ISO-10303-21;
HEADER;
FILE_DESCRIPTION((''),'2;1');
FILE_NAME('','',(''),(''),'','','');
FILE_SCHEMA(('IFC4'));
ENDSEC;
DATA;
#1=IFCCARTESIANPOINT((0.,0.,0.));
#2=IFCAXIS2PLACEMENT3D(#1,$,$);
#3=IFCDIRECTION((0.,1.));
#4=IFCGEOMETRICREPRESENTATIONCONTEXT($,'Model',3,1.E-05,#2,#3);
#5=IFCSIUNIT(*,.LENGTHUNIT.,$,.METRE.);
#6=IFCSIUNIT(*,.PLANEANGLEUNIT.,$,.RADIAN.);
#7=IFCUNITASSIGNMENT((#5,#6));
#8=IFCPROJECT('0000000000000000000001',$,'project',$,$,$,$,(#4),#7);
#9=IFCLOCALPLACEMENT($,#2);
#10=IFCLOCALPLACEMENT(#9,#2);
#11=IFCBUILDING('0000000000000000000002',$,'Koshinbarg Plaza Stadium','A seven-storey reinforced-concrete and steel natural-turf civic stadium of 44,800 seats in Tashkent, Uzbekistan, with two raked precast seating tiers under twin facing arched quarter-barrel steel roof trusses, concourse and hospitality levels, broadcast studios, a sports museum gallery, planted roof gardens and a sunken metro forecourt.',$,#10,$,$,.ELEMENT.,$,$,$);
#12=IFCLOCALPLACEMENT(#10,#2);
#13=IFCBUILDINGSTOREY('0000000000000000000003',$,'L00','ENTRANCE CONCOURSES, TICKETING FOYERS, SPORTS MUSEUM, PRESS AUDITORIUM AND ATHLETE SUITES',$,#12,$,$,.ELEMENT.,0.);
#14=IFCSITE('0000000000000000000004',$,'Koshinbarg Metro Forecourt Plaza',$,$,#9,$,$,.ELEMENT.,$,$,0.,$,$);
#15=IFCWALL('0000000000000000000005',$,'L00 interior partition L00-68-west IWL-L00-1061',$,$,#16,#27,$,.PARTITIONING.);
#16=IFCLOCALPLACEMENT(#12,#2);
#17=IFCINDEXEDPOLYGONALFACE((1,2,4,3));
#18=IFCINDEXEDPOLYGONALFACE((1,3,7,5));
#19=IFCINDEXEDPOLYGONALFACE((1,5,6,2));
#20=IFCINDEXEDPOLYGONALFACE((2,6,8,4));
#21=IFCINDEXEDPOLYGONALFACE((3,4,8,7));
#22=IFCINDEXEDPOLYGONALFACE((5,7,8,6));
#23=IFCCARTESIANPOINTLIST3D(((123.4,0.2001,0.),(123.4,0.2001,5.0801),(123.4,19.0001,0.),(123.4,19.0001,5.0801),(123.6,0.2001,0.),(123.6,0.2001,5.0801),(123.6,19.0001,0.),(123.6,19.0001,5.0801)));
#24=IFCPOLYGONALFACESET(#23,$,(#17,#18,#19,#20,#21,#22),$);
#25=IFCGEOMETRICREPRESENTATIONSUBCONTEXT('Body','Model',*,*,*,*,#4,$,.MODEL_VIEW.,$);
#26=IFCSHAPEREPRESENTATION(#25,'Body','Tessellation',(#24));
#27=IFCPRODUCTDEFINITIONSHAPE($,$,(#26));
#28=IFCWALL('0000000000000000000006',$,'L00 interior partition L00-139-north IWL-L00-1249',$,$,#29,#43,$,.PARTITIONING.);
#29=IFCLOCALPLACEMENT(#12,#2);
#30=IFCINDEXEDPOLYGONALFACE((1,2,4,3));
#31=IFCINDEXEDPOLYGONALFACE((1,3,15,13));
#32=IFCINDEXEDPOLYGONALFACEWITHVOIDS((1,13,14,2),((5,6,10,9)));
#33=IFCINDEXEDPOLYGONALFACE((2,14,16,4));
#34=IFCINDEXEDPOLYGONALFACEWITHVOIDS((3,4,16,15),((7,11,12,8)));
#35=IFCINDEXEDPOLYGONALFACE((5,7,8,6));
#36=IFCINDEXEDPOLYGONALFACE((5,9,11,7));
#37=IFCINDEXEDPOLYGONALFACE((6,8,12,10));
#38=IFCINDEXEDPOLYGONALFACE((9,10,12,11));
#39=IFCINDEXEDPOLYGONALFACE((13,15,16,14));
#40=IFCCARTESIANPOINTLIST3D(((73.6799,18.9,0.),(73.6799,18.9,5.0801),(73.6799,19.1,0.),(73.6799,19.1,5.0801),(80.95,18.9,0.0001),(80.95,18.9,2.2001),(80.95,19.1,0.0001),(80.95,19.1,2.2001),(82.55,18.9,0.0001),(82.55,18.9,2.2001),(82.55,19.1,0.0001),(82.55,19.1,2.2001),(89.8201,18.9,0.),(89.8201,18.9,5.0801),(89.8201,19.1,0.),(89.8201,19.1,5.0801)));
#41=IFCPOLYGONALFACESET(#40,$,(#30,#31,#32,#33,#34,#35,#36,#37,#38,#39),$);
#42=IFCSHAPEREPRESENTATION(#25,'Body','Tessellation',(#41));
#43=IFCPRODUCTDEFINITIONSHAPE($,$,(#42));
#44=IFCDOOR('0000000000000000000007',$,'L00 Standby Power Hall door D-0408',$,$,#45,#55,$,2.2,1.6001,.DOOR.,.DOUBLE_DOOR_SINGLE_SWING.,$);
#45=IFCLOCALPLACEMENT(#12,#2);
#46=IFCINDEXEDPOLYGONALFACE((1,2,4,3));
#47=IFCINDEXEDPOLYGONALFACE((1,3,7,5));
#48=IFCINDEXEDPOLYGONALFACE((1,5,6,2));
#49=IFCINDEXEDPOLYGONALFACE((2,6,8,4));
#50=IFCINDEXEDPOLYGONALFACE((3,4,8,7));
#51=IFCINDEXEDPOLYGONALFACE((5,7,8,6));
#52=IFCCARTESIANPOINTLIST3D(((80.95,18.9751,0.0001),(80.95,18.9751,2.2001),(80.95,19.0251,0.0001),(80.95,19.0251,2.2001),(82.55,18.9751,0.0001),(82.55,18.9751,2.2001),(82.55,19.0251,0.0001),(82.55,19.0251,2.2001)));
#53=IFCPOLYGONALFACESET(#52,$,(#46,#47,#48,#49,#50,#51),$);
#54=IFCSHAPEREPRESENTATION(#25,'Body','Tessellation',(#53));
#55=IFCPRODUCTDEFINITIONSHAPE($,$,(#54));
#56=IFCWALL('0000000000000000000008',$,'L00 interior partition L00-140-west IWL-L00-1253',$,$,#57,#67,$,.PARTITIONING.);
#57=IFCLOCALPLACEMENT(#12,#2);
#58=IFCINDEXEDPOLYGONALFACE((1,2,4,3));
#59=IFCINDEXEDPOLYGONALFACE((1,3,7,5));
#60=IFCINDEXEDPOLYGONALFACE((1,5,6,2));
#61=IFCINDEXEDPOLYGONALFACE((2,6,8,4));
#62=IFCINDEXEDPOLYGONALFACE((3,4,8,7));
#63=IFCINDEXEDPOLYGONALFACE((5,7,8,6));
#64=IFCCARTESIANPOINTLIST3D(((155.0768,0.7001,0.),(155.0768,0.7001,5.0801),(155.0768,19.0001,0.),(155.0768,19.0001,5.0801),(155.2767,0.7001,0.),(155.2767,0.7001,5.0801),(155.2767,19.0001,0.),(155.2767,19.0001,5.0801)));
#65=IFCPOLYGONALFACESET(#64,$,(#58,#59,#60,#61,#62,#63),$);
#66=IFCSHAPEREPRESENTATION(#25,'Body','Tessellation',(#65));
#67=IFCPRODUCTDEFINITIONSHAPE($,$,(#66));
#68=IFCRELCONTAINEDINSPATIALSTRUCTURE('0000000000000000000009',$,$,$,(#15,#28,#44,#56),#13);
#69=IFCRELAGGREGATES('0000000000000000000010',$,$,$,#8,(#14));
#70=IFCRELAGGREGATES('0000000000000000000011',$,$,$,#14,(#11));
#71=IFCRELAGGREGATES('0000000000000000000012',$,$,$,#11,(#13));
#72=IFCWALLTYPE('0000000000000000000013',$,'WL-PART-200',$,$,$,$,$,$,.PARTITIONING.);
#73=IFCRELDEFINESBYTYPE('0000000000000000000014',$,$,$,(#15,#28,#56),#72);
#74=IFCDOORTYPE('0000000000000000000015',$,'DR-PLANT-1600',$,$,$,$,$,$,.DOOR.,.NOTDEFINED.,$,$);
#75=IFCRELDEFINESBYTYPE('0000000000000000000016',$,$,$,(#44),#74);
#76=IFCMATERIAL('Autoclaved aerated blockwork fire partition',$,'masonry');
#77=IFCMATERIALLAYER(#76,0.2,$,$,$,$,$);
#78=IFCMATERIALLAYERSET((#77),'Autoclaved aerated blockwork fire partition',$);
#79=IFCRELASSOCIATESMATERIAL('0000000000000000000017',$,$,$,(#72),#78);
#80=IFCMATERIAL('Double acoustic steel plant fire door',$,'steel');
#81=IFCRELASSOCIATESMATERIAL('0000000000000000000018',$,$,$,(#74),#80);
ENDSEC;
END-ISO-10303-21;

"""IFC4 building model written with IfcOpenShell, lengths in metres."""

from ifc_helpers import new_model, si_unit, direction, frame, frame_2d, origin, place, context, subcontext, project, spatial, rectangle, extrude, material, layer, layer_set, type_object, element, fill, save


model = new_model("IFC4")

# Units and contexts
model_context = context("Model", 3, precision=1e-05, world=origin(), true_north=direction((0.0, 1.0)))
body_context = subcontext(model_context, "Body", "Model", "MODEL_VIEW")
ifc_project = project(units=[si_unit("LENGTHUNIT", "METRE"), si_unit("PLANEANGLEUNIT", "RADIAN")], contexts=[model_context])

# Site, building, storey
site_placement = place(None, origin())
site = spatial("IfcSite", under=ifc_project, at=site_placement, Name="Koshinbarg Metro Forecourt Plaza", CompositionType="ELEMENT", RefElevation=0.0)
building_placement = place(site_placement, origin())
building = spatial("IfcBuilding", under=site, at=building_placement, Name="Koshinbarg Plaza Stadium", Description="A seven-storey reinforced-concrete and steel natural-turf civic stadium of 44,800 seats in Tashkent, Uzbekistan, with two raked precast seating tiers under twin facing arched quarter-barrel steel roof trusses, concourse and hospitality levels, broadcast studios, a sports museum gallery, planted roof gardens and a sunken metro forecourt.", CompositionType="ELEMENT")
storey_placement = place(building_placement, origin())
storey = spatial("IfcBuildingStorey", under=building, at=storey_placement, Name="L00", Description="ENTRANCE CONCOURSES, TICKETING FOYERS, SPORTS MUSEUM, PRESS AUDITORIUM AND ATHLETE SUITES", CompositionType="ELEMENT", Elevation=0.0)

# Shared definitions
ifc_material_1 = material(Name="Autoclaved aerated blockwork fire partition", Category="masonry")
ifc_layer_1 = layer(ifc_material_1, 0.2)
ifc_layer_set_1 = layer_set([ifc_layer_1], Name="Autoclaved aerated blockwork fire partition")
wall_type_1 = type_object("IfcWallType", Name="WL-PART-200", PredefinedType="PARTITIONING", material=ifc_layer_set_1)

# Shared definitions
ifc_material_2 = material(Name="Double acoustic steel plant fire door", Category="steel")
door_type_1 = type_object("IfcDoorType", Name="DR-PLANT-1600", OperationType="NOTDEFINED", PredefinedType="DOOR", material=ifc_material_2)

# Wall
wall_1_placement = place(storey_placement, frame((123.5, 19.0, 0.0), z_axis=(0.0, 0.0, 1.0), x_axis=(0.0, -1.0, 0.0)))
element("IfcWall", 1, at=wall_1_placement, inside=storey, type_object=wall_type_1, Name="L00 interior partition L00-68-west IWL-L00-1061", PredefinedType="PARTITIONING", context=body_context, shape_type="SweptSolid", body=[
    extrude(rectangle(XDim=18.8, YDim=0.2, at=frame_2d((9.3999, 0.0))), origin(), (0.0, 0.0, 1.0), 5.0801),
])

# Wall, opening, door
wall_2_placement = place(storey_placement, frame((89.8201, 19.0, 0.0), z_axis=(0.0, 0.0, 1.0), x_axis=(-1.0, 0.0, 0.0)))
wall_2 = element("IfcWall", 2, at=wall_2_placement, inside=storey, type_object=wall_type_1, Name="L00 interior partition L00-139-north IWL-L00-1249", PredefinedType="PARTITIONING", context=body_context, shape_type="SweptSolid", body=[
    extrude(rectangle(XDim=16.1401, YDim=0.2, at=frame_2d((8.0701, 0.0))), origin(), (0.0, 0.0, 1.0), 5.0801),
])
opening_1_placement = place(wall_2_placement, frame((7.27, 0.0, 0.0)))
opening_1 = element("IfcOpeningElement", 3, at=opening_1_placement, cuts=wall_2, PredefinedType="OPENING", context=body_context, shape_type="SweptSolid", body=[
    extrude(rectangle(XDim=1.6001, YDim=2.2, at=frame_2d((0.8, 1.1001))), frame((0.0, 0.1099, 0.0), z_axis=(0.0, -1.0, 0.0), x_axis=(1.0, 0.0, 0.0)), (0.0, 0.0, 1.0), 0.22),
])
door_1_placement = place(opening_1_placement, origin())
door_1 = element("IfcDoor", 4, at=door_1_placement, inside=storey, type_object=door_type_1, Name="L00 Standby Power Hall door D-0408", OperationType="DOUBLE_DOOR_SINGLE_SWING", OverallHeight=2.2, OverallWidth=1.6001, PredefinedType="DOOR", context=body_context, shape_type="SweptSolid", body=[
    extrude(rectangle(XDim=1.6001, YDim=2.2, at=frame_2d((0.8, 1.1001))), frame((0.0, 0.0249, 0.0), z_axis=(0.0, -1.0, 0.0), x_axis=(1.0, 0.0, 0.0)), (0.0, 0.0, 1.0), 0.05),
])
fill(opening_1, door_1)

# Wall
wall_3_placement = place(storey_placement, frame((155.1768, 19.0, 0.0), z_axis=(0.0, 0.0, 1.0), x_axis=(0.0, -1.0, 0.0)))
element("IfcWall", 5, at=wall_3_placement, inside=storey, type_object=wall_type_1, Name="L00 interior partition L00-140-west IWL-L00-1253", PredefinedType="PARTITIONING", context=body_context, shape_type="SweptSolid", body=[
    extrude(rectangle(XDim=18.3, YDim=0.2, at=frame_2d((9.1499, 0.0))), origin(), (0.0, 0.0, 1.0), 5.0801),
])

save(model, "model.ifc")
